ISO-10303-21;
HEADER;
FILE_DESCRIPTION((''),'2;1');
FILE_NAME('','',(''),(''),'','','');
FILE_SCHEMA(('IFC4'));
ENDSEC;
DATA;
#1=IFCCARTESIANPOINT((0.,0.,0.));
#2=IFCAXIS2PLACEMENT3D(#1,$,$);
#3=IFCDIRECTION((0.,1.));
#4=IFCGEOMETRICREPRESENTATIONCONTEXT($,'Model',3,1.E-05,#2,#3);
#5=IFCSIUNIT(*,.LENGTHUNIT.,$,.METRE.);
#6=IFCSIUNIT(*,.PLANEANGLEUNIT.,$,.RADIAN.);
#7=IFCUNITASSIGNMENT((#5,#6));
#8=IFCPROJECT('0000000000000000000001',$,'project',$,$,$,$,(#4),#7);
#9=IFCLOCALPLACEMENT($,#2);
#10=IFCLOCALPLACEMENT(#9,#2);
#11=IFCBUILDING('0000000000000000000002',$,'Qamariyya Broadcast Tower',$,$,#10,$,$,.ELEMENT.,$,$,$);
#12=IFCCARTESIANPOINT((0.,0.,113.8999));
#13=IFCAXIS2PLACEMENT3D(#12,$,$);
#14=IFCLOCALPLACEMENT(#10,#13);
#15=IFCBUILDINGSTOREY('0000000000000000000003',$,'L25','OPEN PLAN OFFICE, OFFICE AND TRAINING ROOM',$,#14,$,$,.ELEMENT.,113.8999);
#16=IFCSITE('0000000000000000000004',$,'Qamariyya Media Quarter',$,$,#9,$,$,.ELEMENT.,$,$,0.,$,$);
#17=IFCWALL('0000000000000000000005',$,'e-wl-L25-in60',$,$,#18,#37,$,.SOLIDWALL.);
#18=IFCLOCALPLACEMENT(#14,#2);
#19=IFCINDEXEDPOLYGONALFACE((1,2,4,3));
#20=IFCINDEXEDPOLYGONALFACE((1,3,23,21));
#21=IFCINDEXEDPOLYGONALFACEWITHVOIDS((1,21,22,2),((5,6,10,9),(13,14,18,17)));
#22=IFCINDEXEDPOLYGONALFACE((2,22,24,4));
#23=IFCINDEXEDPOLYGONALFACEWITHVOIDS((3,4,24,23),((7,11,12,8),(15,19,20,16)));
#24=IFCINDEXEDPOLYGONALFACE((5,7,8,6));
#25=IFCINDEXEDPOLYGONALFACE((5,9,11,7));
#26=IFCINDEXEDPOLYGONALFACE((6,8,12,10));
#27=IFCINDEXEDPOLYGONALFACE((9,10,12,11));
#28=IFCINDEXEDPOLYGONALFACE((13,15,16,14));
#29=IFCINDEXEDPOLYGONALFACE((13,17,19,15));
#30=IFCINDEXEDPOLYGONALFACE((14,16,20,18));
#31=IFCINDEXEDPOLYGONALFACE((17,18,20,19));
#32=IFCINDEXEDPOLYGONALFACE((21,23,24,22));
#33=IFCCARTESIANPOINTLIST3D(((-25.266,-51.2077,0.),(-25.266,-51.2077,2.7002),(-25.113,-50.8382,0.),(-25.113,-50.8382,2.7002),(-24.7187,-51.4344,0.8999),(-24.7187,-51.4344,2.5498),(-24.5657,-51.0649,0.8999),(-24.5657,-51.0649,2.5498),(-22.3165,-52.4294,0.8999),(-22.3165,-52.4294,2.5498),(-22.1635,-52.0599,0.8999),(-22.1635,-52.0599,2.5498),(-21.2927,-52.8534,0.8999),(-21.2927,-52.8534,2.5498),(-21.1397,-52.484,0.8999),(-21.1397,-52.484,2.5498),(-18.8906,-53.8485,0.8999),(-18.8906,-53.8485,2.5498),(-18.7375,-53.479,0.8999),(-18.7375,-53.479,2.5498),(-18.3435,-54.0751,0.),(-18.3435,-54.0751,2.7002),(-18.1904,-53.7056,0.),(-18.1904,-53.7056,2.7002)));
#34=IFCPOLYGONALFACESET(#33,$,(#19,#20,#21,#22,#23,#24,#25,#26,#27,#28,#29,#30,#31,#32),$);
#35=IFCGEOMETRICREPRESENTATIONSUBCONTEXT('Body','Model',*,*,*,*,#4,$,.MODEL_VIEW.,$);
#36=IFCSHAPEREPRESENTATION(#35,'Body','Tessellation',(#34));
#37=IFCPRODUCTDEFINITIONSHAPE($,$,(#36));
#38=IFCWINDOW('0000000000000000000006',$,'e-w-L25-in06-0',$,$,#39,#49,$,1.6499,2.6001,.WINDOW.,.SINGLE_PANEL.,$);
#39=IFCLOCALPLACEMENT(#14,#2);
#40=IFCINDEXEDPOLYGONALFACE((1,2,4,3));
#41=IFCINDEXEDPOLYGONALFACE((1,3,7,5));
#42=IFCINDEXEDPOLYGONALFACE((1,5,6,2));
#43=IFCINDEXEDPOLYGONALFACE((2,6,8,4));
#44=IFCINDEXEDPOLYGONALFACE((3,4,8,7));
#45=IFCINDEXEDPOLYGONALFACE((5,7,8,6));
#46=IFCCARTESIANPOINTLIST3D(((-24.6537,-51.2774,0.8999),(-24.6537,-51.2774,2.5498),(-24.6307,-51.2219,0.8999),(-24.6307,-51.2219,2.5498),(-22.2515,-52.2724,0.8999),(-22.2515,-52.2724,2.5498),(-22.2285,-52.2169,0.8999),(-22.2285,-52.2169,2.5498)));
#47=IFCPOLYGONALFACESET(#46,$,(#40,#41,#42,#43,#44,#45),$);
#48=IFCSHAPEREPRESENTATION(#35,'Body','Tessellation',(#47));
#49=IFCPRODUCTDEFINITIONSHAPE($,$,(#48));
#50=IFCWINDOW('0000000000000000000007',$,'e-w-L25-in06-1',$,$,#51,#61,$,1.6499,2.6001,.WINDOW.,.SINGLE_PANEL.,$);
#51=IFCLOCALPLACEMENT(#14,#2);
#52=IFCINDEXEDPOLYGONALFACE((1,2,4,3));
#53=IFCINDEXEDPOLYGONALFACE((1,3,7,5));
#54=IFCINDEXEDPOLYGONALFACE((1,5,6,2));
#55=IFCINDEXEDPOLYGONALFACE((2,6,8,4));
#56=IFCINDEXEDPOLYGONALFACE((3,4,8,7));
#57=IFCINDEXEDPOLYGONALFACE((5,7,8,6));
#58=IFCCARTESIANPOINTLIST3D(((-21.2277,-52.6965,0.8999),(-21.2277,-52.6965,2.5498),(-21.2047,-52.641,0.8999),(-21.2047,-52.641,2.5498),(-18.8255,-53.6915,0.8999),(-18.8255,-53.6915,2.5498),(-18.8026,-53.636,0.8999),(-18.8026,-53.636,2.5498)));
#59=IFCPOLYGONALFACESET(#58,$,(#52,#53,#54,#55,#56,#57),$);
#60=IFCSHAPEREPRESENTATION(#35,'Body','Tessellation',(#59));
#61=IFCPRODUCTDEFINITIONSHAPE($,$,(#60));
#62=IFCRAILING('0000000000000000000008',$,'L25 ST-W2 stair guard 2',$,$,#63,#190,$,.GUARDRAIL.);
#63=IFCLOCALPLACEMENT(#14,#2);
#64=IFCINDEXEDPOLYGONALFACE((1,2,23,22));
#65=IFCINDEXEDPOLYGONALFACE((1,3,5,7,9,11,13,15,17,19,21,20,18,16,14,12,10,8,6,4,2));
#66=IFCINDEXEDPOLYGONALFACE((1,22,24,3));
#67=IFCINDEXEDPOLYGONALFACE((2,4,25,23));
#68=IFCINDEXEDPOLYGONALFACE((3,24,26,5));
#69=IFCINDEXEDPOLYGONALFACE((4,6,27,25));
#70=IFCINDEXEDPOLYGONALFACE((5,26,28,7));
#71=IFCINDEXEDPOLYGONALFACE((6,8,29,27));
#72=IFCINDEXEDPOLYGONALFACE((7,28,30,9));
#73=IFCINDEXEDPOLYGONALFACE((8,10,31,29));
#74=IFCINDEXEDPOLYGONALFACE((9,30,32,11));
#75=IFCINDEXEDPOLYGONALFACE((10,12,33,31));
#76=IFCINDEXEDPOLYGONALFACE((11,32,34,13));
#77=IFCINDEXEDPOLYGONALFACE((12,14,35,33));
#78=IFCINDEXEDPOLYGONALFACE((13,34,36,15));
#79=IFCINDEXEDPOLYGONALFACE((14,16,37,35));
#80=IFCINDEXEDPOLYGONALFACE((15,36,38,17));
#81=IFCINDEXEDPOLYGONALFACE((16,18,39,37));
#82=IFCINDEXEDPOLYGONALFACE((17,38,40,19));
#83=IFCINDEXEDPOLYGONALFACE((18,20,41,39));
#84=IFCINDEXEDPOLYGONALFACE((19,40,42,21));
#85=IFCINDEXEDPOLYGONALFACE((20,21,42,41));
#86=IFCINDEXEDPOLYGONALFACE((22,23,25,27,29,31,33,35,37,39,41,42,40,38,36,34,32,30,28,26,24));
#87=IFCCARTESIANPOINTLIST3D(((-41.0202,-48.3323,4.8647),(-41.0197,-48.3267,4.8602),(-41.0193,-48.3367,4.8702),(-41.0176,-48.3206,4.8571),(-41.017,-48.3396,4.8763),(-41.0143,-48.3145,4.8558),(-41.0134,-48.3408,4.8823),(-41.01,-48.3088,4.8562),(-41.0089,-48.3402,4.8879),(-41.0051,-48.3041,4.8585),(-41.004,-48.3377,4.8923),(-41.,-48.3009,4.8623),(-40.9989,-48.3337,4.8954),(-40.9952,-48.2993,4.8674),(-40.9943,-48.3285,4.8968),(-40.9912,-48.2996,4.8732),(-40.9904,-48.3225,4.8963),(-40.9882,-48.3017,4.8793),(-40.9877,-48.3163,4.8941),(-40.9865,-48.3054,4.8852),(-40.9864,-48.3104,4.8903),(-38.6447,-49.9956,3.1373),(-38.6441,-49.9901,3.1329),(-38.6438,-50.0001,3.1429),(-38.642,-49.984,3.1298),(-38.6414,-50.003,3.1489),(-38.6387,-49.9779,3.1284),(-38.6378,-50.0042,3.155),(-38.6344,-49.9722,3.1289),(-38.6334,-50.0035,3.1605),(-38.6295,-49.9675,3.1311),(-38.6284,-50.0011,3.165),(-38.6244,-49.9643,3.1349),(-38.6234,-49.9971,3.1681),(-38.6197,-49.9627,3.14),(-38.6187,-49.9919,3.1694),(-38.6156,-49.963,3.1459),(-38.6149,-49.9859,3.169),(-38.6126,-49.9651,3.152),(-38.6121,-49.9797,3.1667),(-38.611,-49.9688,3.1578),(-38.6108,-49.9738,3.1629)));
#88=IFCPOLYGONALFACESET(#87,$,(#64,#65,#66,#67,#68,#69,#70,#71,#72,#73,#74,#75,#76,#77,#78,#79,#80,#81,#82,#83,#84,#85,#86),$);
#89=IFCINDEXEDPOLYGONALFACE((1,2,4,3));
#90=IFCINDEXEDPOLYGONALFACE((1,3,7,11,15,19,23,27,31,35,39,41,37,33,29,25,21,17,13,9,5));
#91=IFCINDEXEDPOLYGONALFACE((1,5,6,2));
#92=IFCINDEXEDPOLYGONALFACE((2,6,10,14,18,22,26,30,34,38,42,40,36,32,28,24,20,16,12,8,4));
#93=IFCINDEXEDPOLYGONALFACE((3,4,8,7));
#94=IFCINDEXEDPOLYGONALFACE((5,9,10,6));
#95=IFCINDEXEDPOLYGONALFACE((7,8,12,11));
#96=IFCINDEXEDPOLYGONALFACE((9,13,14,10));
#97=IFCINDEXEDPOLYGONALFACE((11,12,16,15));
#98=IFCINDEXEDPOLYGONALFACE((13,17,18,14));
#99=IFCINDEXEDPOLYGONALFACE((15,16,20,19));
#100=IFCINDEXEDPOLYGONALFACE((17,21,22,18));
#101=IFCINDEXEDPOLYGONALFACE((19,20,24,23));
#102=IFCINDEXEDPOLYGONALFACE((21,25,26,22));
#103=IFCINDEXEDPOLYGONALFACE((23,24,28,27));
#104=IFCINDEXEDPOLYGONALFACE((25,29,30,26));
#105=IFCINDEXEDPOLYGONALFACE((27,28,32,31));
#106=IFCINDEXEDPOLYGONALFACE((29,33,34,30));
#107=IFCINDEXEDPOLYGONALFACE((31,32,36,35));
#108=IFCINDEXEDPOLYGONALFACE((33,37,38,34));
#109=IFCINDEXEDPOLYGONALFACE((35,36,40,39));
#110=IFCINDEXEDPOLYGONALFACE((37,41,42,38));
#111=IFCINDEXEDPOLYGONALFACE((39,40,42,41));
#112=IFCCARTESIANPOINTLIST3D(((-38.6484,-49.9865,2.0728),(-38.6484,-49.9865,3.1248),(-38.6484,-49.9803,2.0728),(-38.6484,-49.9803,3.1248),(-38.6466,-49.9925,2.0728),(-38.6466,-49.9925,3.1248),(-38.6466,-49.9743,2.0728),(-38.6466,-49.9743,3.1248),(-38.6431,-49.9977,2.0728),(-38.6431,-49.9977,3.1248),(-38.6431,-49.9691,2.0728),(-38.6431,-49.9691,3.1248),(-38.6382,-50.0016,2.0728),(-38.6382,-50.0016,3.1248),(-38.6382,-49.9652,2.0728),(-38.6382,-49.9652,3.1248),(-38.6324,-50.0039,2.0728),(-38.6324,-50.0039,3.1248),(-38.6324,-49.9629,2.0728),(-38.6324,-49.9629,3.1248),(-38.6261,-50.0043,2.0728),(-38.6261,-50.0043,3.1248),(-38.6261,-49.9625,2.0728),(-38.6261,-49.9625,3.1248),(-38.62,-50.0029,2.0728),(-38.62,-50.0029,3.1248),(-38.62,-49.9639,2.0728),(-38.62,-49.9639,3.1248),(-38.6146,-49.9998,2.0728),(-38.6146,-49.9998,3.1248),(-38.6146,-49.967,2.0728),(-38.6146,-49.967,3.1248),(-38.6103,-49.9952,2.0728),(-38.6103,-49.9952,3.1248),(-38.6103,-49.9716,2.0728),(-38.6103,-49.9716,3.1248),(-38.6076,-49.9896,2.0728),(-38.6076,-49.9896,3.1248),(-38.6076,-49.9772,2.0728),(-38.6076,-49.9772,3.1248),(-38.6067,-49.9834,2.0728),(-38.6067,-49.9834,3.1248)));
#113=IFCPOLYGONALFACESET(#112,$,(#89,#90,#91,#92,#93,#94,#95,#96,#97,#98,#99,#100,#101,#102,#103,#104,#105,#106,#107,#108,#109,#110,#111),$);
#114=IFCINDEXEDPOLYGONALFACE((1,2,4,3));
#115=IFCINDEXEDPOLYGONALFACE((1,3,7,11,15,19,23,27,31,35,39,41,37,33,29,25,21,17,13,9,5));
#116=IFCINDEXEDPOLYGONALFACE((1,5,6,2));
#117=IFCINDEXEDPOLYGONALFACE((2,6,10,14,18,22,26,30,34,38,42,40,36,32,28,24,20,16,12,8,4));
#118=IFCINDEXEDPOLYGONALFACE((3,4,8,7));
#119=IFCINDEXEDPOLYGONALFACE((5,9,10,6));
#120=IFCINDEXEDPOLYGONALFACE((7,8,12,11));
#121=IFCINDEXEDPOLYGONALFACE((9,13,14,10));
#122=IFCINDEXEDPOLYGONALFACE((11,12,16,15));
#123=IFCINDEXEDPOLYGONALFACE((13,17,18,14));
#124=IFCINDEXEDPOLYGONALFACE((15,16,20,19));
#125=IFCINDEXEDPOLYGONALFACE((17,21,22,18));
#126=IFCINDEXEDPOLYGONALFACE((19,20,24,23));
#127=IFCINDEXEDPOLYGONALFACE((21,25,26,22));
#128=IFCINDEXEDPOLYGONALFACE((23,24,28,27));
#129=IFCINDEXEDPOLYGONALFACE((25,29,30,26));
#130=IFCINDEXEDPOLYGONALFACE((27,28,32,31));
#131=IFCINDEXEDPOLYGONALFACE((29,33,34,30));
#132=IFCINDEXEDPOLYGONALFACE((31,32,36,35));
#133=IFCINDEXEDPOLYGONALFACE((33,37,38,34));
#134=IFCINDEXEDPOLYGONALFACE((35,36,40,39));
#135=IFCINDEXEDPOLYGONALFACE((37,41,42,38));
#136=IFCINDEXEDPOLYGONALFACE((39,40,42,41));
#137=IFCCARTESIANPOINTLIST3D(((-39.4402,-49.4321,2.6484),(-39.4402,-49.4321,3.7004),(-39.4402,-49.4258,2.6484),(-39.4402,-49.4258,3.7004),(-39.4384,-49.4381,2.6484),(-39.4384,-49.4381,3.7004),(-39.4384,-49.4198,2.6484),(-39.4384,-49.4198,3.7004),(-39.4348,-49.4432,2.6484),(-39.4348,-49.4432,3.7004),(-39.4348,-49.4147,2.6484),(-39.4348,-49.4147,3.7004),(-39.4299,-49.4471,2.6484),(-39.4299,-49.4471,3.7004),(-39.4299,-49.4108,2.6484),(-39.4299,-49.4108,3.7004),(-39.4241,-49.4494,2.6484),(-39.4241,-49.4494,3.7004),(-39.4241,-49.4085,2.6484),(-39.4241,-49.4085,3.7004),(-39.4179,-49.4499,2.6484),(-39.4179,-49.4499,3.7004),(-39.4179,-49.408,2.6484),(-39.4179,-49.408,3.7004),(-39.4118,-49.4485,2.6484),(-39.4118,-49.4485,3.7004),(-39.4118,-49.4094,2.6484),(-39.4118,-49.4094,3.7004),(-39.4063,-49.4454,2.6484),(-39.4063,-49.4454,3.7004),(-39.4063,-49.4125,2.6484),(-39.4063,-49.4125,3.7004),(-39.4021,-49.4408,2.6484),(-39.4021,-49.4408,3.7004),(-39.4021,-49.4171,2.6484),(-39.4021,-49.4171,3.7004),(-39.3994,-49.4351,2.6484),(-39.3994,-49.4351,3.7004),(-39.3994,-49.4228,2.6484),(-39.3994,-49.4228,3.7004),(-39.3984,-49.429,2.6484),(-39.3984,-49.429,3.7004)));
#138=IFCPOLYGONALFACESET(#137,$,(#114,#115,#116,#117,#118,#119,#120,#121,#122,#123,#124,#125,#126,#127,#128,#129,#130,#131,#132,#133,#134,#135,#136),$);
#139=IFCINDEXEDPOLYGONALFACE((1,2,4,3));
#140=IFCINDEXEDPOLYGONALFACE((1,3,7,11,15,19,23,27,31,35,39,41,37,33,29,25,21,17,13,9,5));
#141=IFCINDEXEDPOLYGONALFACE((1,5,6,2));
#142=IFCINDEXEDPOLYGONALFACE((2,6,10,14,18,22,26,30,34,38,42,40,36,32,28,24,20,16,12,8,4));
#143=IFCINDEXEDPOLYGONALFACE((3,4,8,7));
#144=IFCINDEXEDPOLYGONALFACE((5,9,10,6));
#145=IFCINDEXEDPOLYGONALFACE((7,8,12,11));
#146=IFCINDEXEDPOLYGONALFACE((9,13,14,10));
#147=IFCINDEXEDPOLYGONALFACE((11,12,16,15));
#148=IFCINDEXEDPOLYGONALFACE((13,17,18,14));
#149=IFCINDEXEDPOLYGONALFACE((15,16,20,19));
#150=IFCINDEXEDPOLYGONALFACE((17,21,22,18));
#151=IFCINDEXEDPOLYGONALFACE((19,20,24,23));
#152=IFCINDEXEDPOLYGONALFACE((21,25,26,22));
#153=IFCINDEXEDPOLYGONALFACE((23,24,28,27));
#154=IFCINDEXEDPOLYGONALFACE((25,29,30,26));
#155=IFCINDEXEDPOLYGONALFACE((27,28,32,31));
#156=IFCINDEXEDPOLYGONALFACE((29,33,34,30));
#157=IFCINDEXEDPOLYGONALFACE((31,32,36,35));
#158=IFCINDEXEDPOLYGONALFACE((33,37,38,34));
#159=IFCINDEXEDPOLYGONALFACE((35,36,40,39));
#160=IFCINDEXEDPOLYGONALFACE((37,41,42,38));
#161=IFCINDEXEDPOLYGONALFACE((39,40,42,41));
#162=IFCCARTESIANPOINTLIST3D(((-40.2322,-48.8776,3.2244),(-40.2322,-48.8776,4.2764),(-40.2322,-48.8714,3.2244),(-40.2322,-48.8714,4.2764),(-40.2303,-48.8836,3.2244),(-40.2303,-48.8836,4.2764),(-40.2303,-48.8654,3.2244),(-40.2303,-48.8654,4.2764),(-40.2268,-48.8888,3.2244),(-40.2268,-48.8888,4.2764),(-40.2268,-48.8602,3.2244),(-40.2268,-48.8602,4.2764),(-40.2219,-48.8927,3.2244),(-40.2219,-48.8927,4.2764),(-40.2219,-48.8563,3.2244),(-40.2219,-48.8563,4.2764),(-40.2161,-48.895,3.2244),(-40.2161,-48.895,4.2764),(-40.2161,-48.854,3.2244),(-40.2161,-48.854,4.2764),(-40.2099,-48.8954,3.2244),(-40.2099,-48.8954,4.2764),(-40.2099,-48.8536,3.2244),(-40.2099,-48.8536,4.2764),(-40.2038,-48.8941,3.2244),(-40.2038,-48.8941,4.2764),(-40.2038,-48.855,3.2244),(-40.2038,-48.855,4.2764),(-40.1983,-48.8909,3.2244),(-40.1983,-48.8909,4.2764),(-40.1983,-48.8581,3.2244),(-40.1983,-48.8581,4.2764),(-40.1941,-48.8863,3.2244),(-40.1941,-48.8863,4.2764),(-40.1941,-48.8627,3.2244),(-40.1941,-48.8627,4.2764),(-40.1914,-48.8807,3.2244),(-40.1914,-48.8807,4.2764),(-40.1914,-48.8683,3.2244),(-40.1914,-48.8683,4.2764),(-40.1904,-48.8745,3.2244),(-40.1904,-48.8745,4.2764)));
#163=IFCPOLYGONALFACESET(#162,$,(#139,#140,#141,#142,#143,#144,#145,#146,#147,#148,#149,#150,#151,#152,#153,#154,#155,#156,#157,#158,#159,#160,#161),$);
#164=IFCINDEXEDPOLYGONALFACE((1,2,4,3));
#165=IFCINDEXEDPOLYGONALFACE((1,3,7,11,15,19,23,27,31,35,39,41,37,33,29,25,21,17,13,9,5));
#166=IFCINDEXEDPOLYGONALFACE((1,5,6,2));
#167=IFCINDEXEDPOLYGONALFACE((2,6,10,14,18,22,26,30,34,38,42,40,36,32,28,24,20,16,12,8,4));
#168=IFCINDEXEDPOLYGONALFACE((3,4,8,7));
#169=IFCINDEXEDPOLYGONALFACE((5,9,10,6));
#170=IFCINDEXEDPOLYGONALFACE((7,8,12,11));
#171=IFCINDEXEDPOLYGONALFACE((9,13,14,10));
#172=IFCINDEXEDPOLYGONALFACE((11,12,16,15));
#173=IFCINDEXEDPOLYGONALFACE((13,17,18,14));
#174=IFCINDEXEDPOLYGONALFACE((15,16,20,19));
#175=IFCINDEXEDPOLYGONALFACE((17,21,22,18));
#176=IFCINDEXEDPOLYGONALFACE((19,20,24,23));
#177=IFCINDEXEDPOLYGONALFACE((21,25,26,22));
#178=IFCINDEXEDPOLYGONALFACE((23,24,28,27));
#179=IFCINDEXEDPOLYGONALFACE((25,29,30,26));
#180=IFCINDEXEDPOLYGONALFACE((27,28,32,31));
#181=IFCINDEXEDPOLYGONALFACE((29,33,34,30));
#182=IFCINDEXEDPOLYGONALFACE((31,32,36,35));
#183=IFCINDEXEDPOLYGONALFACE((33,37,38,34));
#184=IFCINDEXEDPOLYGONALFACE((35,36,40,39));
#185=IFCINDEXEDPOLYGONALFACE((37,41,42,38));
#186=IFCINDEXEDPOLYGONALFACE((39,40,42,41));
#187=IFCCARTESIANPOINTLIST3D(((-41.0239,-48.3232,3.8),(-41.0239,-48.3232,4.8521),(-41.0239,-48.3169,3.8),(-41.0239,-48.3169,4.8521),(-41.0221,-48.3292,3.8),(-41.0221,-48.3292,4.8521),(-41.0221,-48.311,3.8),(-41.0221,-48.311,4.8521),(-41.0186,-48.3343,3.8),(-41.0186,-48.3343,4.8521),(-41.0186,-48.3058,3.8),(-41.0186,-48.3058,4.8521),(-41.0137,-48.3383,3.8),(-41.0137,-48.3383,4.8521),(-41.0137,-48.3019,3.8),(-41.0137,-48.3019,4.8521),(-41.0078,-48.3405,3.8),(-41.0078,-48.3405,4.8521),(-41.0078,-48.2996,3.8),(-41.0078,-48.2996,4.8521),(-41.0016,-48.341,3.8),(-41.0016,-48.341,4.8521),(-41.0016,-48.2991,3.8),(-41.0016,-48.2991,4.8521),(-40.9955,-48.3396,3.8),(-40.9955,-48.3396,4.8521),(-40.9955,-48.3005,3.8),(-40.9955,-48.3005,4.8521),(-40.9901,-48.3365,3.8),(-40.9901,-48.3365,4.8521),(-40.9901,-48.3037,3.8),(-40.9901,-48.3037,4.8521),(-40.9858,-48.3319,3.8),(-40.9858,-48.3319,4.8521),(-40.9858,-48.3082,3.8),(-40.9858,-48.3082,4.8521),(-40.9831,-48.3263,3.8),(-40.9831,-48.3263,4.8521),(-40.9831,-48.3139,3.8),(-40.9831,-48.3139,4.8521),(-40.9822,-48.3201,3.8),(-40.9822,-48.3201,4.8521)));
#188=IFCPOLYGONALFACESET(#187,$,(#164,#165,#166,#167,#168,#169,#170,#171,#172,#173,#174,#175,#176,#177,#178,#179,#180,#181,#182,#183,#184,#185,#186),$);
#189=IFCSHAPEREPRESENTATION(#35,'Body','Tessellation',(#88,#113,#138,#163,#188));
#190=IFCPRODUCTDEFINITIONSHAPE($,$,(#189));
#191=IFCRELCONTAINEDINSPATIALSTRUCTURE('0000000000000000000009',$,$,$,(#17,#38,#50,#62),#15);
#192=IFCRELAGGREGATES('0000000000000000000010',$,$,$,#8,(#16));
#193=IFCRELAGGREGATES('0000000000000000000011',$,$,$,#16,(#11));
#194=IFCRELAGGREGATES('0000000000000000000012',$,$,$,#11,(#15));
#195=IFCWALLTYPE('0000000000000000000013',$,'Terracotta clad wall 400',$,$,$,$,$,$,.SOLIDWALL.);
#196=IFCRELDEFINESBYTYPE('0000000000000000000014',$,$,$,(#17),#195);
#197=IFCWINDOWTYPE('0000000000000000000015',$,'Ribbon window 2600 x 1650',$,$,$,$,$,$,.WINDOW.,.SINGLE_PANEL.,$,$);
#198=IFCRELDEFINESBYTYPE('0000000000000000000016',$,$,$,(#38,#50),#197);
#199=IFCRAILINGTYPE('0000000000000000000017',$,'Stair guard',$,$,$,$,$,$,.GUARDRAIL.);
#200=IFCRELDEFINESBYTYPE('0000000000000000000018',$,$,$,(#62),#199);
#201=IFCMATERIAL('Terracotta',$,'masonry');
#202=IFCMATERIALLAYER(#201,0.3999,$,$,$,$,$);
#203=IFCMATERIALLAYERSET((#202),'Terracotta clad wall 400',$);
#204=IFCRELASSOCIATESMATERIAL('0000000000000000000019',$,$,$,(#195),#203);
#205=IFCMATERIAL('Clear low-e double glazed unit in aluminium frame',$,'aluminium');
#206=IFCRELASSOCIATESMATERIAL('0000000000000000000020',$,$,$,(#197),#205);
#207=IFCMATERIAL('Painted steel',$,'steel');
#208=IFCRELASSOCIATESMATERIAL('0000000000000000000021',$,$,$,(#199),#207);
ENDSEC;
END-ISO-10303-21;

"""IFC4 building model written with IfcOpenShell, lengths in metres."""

from ifc_helpers import new_model, si_unit, direction, frame, frame_2d, origin, origin_2d, place, context, subcontext, project, spatial, rectangle, circle, extrude, material, layer, layer_set, type_object, element, fill, save


model = new_model("IFC4")

# Units and contexts
model_context = context("Model", 3, precision=1e-05, world=origin(), true_north=direction((0.0, 1.0)))
body_context = subcontext(model_context, "Body", "Model", "MODEL_VIEW")
ifc_project = project(units=[si_unit("LENGTHUNIT", "METRE"), si_unit("PLANEANGLEUNIT", "RADIAN")], contexts=[model_context])

# Site, building, storey
site_placement = place(None, origin())
site = spatial("IfcSite", under=ifc_project, at=site_placement, Name="Qamariyya Media Quarter", CompositionType="ELEMENT", RefElevation=0.0)
building_placement = place(site_placement, origin())
building = spatial("IfcBuilding", under=site, at=building_placement, Name="Qamariyya Broadcast Tower", CompositionType="ELEMENT")
storey_placement = place(building_placement, frame((0.0, 0.0, 113.8999)))
storey = spatial("IfcBuildingStorey", under=building, at=storey_placement, Name="L25", Description="OPEN PLAN OFFICE, OFFICE AND TRAINING ROOM", CompositionType="ELEMENT", Elevation=113.8999)

# Wall, openings, windows
ifc_material_1 = material(Name="Terracotta", Category="masonry")
ifc_layer_1 = layer(ifc_material_1, 0.3999)
ifc_layer_set_1 = layer_set([ifc_layer_1], Name="Terracotta clad wall 400")
wall_type_1 = type_object("IfcWallType", Name="Terracotta clad wall 400", PredefinedType="SOLIDWALL", material=ifc_layer_set_1)
ifc_material_2 = material(Name="Clear low-e double glazed unit in aluminium frame", Category="aluminium")
window_type = type_object("IfcWindowType", Name="Ribbon window 2600 x 1650", PartitioningType="SINGLE_PANEL", PredefinedType="WINDOW", material=ifc_material_2)
wall_1_placement = place(storey_placement, frame((-18.2668, -53.8904, 0.0), z_axis=(0.0, 0.0, 1.0), x_axis=(-0.92388, 0.382683, 0.0)))
wall_1 = element("IfcWall", 1, at=wall_1_placement, inside=storey, type_object=wall_type_1, Name="e-wl-L25-in60", PredefinedType="SOLIDWALL", context=body_context, shape_type="SweptSolid", body=[
    extrude(rectangle(XDim=7.4929, YDim=0.3999, at=frame_2d((3.7466, 0.0))), origin(), (0.0, 0.0, 1.0), 2.7002),
])
opening_1_placement = place(wall_1_placement, frame((4.3005, 0.0, 0.8999)))
opening_1 = element("IfcOpeningElement", 2, at=opening_1_placement, cuts=wall_1, PredefinedType="OPENING", context=body_context, shape_type="SweptSolid", body=[
    extrude(rectangle(XDim=2.6001, YDim=1.6499, at=frame_2d((1.3, 0.825))), frame((0.0, 0.21, 0.0), z_axis=(0.0, -1.0, 0.0), x_axis=(1.0, 0.0, 0.0)), (0.0, 0.0, 1.0), 0.4199),
])
opening_2_placement = place(wall_1_placement, frame((0.5923, 0.0, 0.8999)))
opening_2 = element("IfcOpeningElement", 3, at=opening_2_placement, cuts=wall_1, PredefinedType="OPENING", context=body_context, shape_type="SweptSolid", body=[
    extrude(rectangle(XDim=2.6001, YDim=1.6499, at=frame_2d((1.3, 0.825))), frame((0.0, 0.21, 0.0), z_axis=(0.0, -1.0, 0.0), x_axis=(1.0, 0.0, 0.0)), (0.0, 0.0, 1.0), 0.4199),
])
window_1_placement = place(opening_1_placement, origin())
window_1 = element("IfcWindow", 4, at=window_1_placement, inside=storey, type_object=window_type, Name="e-w-L25-in06-0", OverallHeight=1.6499, OverallWidth=2.6001, PartitioningType="SINGLE_PANEL", PredefinedType="WINDOW", context=body_context, shape_type="SweptSolid", body=[
    extrude(rectangle(XDim=2.6001, YDim=1.6499, at=frame_2d((1.3, 0.825))), frame((0.0, 0.03, 0.0), z_axis=(0.0, -1.0, 0.0), x_axis=(1.0, 0.0, 0.0)), (0.0, 0.0, 1.0), 0.0601),
])
fill(opening_1, window_1)
window_2_placement = place(opening_2_placement, origin())
window_2 = element("IfcWindow", 5, at=window_2_placement, inside=storey, type_object=window_type, Name="e-w-L25-in06-1", OverallHeight=1.6499, OverallWidth=2.6001, PartitioningType="SINGLE_PANEL", PredefinedType="WINDOW", context=body_context, shape_type="SweptSolid", body=[
    extrude(rectangle(XDim=2.6001, YDim=1.6499, at=frame_2d((1.3, 0.825))), frame((0.0, 0.03, 0.0), z_axis=(0.0, -1.0, 0.0), x_axis=(1.0, 0.0, 0.0)), (0.0, 0.0, 1.0), 0.0601),
])
fill(opening_2, window_2)

# Railing
ifc_material_3 = material(Name="Painted steel", Category="steel")
railing_type_1 = type_object("IfcRailingType", Name="Stair guard", PredefinedType="GUARDRAIL", material=ifc_material_3)
railing_1_placement = place(storey_placement, frame((-38.6277, -49.9834, 2.0728)))
element("IfcRailing", 6, at=railing_1_placement, inside=storey, type_object=railing_type_1, Name="L25 ST-W2 stair guard 2", PredefinedType="GUARDRAIL", context=body_context, shape_type="SweptSolid", body=[
    extrude(circle(Radius=0.0239, at=origin_2d()), frame((0.0, 0.0, 1.0762), z_axis=(-0.70377, 0.492784, 0.511734), x_axis=(-0.573575, -0.819153, 0.0)), (0.0, 0.0, 1.0), 3.3755),
    extrude(circle(Radius=0.021, at=origin_2d()), origin(), (0.0, 0.0, 1.0), 1.052),
    extrude(circle(Radius=0.021, at=origin_2d()), frame((-0.7917, 0.5544, 0.5757)), (0.0, 0.0, 1.0), 1.052),
    extrude(circle(Radius=0.021, at=origin_2d()), frame((-1.5837, 1.1089, 1.1516)), (0.0, 0.0, 1.0), 1.052),
    extrude(circle(Radius=0.021, at=origin_2d()), frame((-2.3755, 1.6633, 1.7273)), (0.0, 0.0, 1.0), 1.052),
])

save(model, "model.ifc")
